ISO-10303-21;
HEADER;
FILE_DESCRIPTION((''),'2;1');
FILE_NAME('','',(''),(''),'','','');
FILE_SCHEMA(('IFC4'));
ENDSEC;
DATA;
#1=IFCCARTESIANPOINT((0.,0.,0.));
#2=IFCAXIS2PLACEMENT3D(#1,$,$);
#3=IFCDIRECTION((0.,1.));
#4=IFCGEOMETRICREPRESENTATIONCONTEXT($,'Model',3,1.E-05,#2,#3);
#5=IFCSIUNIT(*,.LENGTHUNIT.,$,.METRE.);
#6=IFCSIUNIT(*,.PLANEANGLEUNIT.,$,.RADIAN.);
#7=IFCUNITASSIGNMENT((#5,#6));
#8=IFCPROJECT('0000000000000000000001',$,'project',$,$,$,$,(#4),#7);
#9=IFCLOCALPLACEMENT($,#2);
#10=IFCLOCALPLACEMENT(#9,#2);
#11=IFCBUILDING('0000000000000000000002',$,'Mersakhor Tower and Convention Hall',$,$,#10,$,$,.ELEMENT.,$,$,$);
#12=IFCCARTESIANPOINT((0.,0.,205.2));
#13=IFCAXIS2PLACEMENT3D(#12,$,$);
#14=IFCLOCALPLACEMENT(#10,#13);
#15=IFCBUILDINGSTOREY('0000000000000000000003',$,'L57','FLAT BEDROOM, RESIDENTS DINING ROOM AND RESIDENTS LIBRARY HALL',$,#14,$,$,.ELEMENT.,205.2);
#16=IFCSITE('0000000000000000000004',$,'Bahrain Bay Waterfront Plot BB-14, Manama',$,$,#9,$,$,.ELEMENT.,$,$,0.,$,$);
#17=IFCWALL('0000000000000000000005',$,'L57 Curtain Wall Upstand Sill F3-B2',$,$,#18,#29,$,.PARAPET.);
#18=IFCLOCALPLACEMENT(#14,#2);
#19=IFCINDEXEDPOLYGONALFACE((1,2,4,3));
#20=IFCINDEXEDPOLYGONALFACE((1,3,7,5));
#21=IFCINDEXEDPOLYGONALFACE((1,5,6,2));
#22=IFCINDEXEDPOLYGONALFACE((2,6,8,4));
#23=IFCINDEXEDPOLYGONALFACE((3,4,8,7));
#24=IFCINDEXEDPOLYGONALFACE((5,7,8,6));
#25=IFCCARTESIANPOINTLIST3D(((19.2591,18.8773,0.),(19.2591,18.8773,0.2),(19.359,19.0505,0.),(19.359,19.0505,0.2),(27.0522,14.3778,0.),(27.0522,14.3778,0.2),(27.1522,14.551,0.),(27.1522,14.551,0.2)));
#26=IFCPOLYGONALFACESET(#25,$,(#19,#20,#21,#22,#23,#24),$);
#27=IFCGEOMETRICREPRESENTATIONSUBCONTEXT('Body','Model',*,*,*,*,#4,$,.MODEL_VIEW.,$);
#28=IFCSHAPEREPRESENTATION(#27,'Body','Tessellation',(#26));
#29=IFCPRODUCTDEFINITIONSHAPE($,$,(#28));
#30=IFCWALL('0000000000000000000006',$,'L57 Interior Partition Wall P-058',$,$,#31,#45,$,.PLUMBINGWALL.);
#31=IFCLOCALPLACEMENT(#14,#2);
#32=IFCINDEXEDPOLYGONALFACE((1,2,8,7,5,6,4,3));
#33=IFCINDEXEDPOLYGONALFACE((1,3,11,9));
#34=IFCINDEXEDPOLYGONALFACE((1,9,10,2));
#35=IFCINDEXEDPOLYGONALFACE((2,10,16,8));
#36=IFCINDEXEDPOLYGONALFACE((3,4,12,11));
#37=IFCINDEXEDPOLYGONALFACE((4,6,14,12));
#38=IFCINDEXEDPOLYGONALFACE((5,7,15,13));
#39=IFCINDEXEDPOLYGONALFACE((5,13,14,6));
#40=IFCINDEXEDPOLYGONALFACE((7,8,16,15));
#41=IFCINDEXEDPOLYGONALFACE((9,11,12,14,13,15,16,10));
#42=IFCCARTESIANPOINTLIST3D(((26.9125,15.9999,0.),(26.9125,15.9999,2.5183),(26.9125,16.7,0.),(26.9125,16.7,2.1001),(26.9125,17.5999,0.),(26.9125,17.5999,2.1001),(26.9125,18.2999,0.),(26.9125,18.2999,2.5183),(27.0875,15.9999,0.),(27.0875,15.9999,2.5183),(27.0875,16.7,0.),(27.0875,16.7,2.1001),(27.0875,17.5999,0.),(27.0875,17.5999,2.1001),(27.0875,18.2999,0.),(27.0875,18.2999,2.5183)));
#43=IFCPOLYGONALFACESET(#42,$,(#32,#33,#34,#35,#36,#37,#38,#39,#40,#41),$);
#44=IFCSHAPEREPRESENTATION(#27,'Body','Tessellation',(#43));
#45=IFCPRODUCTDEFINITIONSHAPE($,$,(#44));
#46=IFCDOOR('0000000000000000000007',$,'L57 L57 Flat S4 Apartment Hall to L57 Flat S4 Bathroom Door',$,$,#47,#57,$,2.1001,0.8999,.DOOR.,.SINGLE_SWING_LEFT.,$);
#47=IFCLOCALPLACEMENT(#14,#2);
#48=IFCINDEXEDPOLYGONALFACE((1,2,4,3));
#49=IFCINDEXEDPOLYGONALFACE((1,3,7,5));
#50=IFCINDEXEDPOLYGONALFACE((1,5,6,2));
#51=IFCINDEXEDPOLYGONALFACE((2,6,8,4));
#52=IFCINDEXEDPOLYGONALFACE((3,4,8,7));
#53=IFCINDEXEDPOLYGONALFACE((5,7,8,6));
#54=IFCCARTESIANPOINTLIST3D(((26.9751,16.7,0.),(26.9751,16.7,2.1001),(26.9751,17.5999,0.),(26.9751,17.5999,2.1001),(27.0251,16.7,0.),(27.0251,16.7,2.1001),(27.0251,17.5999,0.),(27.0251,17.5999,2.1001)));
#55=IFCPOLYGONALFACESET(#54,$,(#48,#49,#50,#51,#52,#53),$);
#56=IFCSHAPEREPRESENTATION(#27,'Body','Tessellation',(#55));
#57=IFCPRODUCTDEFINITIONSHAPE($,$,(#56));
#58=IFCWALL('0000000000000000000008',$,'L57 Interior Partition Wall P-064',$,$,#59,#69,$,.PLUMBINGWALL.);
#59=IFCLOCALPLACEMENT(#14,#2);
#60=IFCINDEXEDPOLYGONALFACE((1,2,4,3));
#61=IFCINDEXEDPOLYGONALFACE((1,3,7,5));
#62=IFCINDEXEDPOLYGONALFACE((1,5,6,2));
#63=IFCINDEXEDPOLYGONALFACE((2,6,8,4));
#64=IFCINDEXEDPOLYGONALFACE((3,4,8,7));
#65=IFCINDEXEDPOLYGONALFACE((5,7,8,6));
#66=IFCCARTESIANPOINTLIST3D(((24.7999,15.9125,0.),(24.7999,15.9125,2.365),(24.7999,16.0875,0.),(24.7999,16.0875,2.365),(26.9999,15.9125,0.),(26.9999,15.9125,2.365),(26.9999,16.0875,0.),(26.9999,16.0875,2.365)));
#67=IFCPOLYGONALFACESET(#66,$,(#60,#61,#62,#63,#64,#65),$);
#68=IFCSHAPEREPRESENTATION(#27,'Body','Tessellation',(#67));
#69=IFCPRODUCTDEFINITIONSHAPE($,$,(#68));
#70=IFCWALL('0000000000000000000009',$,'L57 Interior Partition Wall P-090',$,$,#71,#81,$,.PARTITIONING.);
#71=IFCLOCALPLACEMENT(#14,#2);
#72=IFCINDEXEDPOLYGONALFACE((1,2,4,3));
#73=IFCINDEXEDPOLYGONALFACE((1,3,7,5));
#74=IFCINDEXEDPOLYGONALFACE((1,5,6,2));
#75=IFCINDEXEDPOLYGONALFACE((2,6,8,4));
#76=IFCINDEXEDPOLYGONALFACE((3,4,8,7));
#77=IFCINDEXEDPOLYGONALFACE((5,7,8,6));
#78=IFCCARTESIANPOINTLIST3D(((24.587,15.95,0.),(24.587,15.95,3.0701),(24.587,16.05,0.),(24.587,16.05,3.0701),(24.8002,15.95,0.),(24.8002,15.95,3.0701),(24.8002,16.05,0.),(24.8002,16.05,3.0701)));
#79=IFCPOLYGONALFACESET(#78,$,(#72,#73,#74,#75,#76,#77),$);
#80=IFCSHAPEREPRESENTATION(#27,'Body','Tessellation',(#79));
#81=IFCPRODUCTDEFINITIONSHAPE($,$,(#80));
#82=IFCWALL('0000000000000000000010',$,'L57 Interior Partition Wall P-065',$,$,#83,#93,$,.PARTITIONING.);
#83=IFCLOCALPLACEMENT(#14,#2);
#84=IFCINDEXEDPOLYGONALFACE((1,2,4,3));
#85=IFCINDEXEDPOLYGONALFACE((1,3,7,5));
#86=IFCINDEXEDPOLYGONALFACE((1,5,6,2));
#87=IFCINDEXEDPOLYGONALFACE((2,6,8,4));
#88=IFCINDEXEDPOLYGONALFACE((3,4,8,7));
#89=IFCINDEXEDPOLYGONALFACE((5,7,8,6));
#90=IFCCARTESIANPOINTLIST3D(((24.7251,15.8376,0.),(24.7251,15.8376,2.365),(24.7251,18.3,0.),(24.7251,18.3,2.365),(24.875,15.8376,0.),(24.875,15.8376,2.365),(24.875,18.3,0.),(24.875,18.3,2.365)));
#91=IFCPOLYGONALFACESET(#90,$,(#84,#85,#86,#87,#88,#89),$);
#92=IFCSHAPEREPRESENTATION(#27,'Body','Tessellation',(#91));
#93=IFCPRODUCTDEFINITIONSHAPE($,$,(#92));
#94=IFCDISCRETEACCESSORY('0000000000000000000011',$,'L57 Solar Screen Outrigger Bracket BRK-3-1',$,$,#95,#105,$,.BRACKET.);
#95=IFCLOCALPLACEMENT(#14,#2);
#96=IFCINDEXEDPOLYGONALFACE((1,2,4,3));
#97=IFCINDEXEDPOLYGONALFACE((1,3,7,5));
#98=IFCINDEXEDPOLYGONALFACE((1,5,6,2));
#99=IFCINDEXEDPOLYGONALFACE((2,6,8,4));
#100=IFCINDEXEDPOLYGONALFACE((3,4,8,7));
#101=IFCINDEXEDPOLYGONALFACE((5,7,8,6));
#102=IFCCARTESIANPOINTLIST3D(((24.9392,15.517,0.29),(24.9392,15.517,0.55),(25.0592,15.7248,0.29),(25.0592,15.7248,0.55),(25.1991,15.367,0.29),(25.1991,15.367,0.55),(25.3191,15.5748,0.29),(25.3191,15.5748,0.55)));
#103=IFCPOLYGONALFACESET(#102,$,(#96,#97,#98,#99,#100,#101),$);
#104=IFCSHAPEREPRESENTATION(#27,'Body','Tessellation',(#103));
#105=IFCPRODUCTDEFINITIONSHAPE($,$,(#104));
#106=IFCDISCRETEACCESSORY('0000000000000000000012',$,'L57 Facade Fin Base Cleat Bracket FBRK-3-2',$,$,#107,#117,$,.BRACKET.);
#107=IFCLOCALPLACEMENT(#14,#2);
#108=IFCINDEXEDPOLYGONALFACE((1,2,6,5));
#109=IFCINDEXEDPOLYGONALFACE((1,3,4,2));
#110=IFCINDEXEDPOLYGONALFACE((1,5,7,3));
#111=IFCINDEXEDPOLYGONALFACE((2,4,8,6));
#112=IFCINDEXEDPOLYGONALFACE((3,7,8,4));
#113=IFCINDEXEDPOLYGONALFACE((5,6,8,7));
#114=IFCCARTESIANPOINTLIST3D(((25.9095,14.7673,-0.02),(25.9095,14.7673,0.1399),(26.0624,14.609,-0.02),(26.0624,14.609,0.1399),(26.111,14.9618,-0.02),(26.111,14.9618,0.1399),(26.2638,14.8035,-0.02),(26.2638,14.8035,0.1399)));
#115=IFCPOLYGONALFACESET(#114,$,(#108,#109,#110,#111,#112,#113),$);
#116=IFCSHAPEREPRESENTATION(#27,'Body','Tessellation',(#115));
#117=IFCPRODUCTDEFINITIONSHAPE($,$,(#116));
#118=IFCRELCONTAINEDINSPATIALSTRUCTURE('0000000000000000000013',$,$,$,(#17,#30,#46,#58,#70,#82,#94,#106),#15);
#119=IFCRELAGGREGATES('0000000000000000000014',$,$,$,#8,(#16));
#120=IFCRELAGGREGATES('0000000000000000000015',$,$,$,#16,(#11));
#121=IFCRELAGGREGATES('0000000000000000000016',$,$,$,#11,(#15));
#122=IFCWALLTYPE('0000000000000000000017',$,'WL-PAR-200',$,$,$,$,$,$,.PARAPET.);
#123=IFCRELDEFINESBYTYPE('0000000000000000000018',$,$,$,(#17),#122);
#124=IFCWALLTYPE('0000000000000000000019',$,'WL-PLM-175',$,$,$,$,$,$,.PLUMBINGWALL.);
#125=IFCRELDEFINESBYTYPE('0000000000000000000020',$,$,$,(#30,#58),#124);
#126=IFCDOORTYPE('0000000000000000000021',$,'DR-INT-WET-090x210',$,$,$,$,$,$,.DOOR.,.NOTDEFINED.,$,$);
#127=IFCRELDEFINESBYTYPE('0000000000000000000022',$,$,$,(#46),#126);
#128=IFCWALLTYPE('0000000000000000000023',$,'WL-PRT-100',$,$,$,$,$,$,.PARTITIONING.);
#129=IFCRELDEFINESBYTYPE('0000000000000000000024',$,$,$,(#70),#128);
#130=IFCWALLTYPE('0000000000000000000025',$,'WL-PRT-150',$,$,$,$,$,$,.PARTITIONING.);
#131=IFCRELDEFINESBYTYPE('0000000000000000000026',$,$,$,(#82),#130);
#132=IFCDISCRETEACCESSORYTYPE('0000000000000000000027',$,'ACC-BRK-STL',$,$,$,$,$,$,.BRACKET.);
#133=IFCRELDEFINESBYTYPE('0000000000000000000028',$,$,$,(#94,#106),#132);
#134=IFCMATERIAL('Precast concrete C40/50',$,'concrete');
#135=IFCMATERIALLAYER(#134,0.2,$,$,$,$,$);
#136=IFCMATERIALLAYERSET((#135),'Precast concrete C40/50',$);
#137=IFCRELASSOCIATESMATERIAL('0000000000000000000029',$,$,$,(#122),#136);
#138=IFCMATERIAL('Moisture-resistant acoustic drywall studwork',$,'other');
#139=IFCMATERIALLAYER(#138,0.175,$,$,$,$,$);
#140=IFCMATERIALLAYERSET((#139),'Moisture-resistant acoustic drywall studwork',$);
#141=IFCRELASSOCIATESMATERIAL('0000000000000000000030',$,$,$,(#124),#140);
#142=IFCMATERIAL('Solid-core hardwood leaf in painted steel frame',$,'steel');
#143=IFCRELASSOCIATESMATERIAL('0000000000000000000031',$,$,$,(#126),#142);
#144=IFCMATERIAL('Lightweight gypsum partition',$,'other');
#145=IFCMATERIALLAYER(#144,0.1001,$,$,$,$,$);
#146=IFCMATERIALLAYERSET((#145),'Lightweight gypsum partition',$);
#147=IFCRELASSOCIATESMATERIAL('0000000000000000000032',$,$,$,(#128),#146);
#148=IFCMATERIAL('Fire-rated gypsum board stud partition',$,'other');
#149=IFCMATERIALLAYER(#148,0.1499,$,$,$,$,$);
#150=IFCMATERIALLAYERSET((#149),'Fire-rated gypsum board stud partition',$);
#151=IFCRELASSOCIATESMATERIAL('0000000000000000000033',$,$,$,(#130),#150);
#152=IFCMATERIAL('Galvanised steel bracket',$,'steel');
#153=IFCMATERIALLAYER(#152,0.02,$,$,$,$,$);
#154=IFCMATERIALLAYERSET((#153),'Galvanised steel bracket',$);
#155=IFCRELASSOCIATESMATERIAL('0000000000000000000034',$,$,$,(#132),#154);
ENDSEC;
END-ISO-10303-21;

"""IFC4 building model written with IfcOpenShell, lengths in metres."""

from ifc_helpers import new_model, si_unit, direction, frame, frame_2d, origin, origin_2d, place, context, subcontext, project, spatial, rectangle, extrude, material, layer, layer_set, type_object, element, fill, save


model = new_model("IFC4")

# Units and contexts
model_context = context("Model", 3, precision=1e-05, world=origin(), true_north=direction((0.0, 1.0)))
body_context = subcontext(model_context, "Body", "Model", "MODEL_VIEW")
ifc_project = project(units=[si_unit("LENGTHUNIT", "METRE"), si_unit("PLANEANGLEUNIT", "RADIAN")], contexts=[model_context])

# Site, building, storey
site_placement = place(None, origin())
site = spatial("IfcSite", under=ifc_project, at=site_placement, Name="Bahrain Bay Waterfront Plot BB-14, Manama", CompositionType="ELEMENT", RefElevation=0.0)
building_placement = place(site_placement, origin())
building = spatial("IfcBuilding", under=site, at=building_placement, Name="Mersakhor Tower and Convention Hall", CompositionType="ELEMENT")
storey_placement = place(building_placement, frame((0.0, 0.0, 205.2)))
storey = spatial("IfcBuildingStorey", under=building, at=storey_placement, Name="L57", Description="FLAT BEDROOM, RESIDENTS DINING ROOM AND RESIDENTS LIBRARY HALL", CompositionType="ELEMENT", Elevation=205.2)

# Wall
ifc_material_1 = material(Name="Precast concrete C40/50", Category="concrete")
ifc_layer_1 = layer(ifc_material_1, 0.2)
ifc_layer_set_1 = layer_set([ifc_layer_1], Name="Precast concrete C40/50")
wall_type_1 = type_object("IfcWallType", Name="WL-PAR-200", PredefinedType="PARAPET", material=ifc_layer_set_1)
wall_1_placement = place(storey_placement, frame((27.1023, 14.4644, 0.0), z_axis=(0.0, 0.0, 1.0), x_axis=(-0.866021, 0.500008, 0.0)))
element("IfcWall", 1, at=wall_1_placement, inside=storey, type_object=wall_type_1, Name="L57 Curtain Wall Upstand Sill F3-B2", PredefinedType="PARAPET", context=body_context, shape_type="SweptSolid", body=[
    extrude(rectangle(XDim=8.9988, YDim=0.2, at=frame_2d((4.4995, 0.0))), origin(), (0.0, 0.0, 1.0), 0.2),
])

# Wall, opening, door
ifc_material_2 = material(Name="Moisture-resistant acoustic drywall studwork", Category="other")
ifc_layer_2 = layer(ifc_material_2, 0.175)
ifc_layer_set_2 = layer_set([ifc_layer_2], Name="Moisture-resistant acoustic drywall studwork")
wall_type_2 = type_object("IfcWallType", Name="WL-PLM-175", PredefinedType="PLUMBINGWALL", material=ifc_layer_set_2)
wall_2_placement = place(storey_placement, frame((27.0, 16.0, 0.0), z_axis=(0.0, 0.0, 1.0), x_axis=(0.0, 1.0, 0.0)))
wall_2 = element("IfcWall", 2, at=wall_2_placement, inside=storey, type_object=wall_type_2, Name="L57 Interior Partition Wall P-058", PredefinedType="PLUMBINGWALL", context=body_context, shape_type="SweptSolid", body=[
    extrude(rectangle(XDim=2.3, YDim=0.175, at=frame_2d((1.1499, 0.0))), origin(), (0.0, 0.0, 1.0), 2.5183),
])
opening_placement = place(wall_2_placement, frame((0.7, 0.0, 0.0)))
opening = element("IfcOpeningElement", 3, at=opening_placement, cuts=wall_2, PredefinedType="OPENING", context=body_context, shape_type="SweptSolid", body=[
    extrude(rectangle(XDim=0.8999, YDim=2.1001, at=frame_2d((0.45, 1.05))), frame((0.0, 0.0974, 0.0), z_axis=(0.0, -1.0, 0.0), x_axis=(1.0, 0.0, 0.0)), (0.0, 0.0, 1.0), 0.1951),
])
ifc_material_3 = material(Name="Solid-core hardwood leaf in painted steel frame", Category="steel")
door_type = type_object("IfcDoorType", Name="DR-INT-WET-090x210", OperationType="NOTDEFINED", PredefinedType="DOOR", material=ifc_material_3)
door_placement = place(opening_placement, origin())
door = element("IfcDoor", 4, at=door_placement, inside=storey, type_object=door_type, Name="L57 L57 Flat S4 Apartment Hall to L57 Flat S4 Bathroom Door", OperationType="SINGLE_SWING_LEFT", OverallHeight=2.1001, OverallWidth=0.8999, PredefinedType="DOOR", context=body_context, shape_type="SweptSolid", body=[
    extrude(rectangle(XDim=0.8999, YDim=2.1001, at=frame_2d((0.45, 1.05))), frame((0.0, 0.0249, 0.0), z_axis=(0.0, -1.0, 0.0), x_axis=(1.0, 0.0, 0.0)), (0.0, 0.0, 1.0), 0.05),
])
fill(opening, door)

# Walls
wall_3_placement = place(storey_placement, frame((27.0, 16.0, 0.0), z_axis=(0.0, 0.0, 1.0), x_axis=(-1.0, 0.0, 0.0)))
element("IfcWall", 5, at=wall_3_placement, inside=storey, type_object=wall_type_2, Name="L57 Interior Partition Wall P-064", PredefinedType="PLUMBINGWALL", context=body_context, shape_type="SweptSolid", body=[
    extrude(rectangle(XDim=2.2, YDim=0.175, at=frame_2d((1.1001, 0.0))), origin(), (0.0, 0.0, 1.0), 2.365),
])
ifc_material_4 = material(Name="Lightweight gypsum partition", Category="other")
ifc_layer_3 = layer(ifc_material_4, 0.1001)
ifc_layer_set_3 = layer_set([ifc_layer_3], Name="Lightweight gypsum partition")
wall_type_3 = type_object("IfcWallType", Name="WL-PRT-100", PredefinedType="PARTITIONING", material=ifc_layer_set_3)
wall_4_placement = place(storey_placement, frame((24.8, 16.0, 0.0), z_axis=(0.0, 0.0, 1.0), x_axis=(-1.0, 0.0, 0.0)))
element("IfcWall", 6, at=wall_4_placement, inside=storey, type_object=wall_type_3, Name="L57 Interior Partition Wall P-090", PredefinedType="PARTITIONING", context=body_context, shape_type="SweptSolid", body=[
    extrude(rectangle(XDim=0.2131, YDim=0.1001, at=frame_2d((0.1064, 0.0))), origin(), (0.0, 0.0, 1.0), 3.0701),
])
ifc_material_5 = material(Name="Fire-rated gypsum board stud partition", Category="other")
ifc_layer_4 = layer(ifc_material_5, 0.1499)
ifc_layer_set_4 = layer_set([ifc_layer_4], Name="Fire-rated gypsum board stud partition")
wall_type_4 = type_object("IfcWallType", Name="WL-PRT-150", PredefinedType="PARTITIONING", material=ifc_layer_set_4)
wall_5_placement = place(storey_placement, frame((24.8, 15.8376, 0.0), z_axis=(0.0, 0.0, 1.0), x_axis=(0.0, 1.0, 0.0)))
element("IfcWall", 7, at=wall_5_placement, inside=storey, type_object=wall_type_4, Name="L57 Interior Partition Wall P-065", PredefinedType="PARTITIONING", context=body_context, shape_type="SweptSolid", body=[
    extrude(rectangle(XDim=2.4624, YDim=0.1499, at=frame_2d((1.2312, 0.0))), origin(), (0.0, 0.0, 1.0), 2.365),
])

# Discrete accessories
ifc_material_6 = material(Name="Galvanised steel bracket", Category="steel")
ifc_layer_5 = layer(ifc_material_6, 0.02)
ifc_layer_set_5 = layer_set([ifc_layer_5], Name="Galvanised steel bracket")
discrete_accessory_type = type_object("IfcDiscreteAccessoryType", Name="ACC-BRK-STL", PredefinedType="BRACKET", material=ifc_layer_set_5)
discrete_accessory_1_placement = place(storey_placement, frame((25.1292, 15.5459, 0.29), z_axis=(0.0, 0.0, 1.0), x_axis=(-0.866025, 0.5, 0.0)))
element("IfcDiscreteAccessory", 8, at=discrete_accessory_1_placement, inside=storey, type_object=discrete_accessory_type, Name="L57 Solar Screen Outrigger Bracket BRK-3-1", PredefinedType="BRACKET", context=body_context, shape_type="SweptSolid", body=[
    extrude(rectangle(XDim=0.3, YDim=0.24, at=origin_2d()), origin(), (0.0, 0.0, 1.0), 0.26),
])
discrete_accessory_2_placement = place(storey_placement, frame((26.0867, 14.7854, -0.02), z_axis=(0.0, 0.0, 1.0), x_axis=(-0.71934, -0.694658, 0.0)))
element("IfcDiscreteAccessory", 9, at=discrete_accessory_2_placement, inside=storey, type_object=discrete_accessory_type, Name="L57 Facade Fin Base Cleat Bracket FBRK-3-2", PredefinedType="BRACKET", context=body_context, shape_type="SweptSolid", body=[
    extrude(rectangle(XDim=0.28, YDim=0.22, at=origin_2d()), origin(), (0.0, 0.0, 1.0), 0.1599),
])

save(model, "model.ifc")
